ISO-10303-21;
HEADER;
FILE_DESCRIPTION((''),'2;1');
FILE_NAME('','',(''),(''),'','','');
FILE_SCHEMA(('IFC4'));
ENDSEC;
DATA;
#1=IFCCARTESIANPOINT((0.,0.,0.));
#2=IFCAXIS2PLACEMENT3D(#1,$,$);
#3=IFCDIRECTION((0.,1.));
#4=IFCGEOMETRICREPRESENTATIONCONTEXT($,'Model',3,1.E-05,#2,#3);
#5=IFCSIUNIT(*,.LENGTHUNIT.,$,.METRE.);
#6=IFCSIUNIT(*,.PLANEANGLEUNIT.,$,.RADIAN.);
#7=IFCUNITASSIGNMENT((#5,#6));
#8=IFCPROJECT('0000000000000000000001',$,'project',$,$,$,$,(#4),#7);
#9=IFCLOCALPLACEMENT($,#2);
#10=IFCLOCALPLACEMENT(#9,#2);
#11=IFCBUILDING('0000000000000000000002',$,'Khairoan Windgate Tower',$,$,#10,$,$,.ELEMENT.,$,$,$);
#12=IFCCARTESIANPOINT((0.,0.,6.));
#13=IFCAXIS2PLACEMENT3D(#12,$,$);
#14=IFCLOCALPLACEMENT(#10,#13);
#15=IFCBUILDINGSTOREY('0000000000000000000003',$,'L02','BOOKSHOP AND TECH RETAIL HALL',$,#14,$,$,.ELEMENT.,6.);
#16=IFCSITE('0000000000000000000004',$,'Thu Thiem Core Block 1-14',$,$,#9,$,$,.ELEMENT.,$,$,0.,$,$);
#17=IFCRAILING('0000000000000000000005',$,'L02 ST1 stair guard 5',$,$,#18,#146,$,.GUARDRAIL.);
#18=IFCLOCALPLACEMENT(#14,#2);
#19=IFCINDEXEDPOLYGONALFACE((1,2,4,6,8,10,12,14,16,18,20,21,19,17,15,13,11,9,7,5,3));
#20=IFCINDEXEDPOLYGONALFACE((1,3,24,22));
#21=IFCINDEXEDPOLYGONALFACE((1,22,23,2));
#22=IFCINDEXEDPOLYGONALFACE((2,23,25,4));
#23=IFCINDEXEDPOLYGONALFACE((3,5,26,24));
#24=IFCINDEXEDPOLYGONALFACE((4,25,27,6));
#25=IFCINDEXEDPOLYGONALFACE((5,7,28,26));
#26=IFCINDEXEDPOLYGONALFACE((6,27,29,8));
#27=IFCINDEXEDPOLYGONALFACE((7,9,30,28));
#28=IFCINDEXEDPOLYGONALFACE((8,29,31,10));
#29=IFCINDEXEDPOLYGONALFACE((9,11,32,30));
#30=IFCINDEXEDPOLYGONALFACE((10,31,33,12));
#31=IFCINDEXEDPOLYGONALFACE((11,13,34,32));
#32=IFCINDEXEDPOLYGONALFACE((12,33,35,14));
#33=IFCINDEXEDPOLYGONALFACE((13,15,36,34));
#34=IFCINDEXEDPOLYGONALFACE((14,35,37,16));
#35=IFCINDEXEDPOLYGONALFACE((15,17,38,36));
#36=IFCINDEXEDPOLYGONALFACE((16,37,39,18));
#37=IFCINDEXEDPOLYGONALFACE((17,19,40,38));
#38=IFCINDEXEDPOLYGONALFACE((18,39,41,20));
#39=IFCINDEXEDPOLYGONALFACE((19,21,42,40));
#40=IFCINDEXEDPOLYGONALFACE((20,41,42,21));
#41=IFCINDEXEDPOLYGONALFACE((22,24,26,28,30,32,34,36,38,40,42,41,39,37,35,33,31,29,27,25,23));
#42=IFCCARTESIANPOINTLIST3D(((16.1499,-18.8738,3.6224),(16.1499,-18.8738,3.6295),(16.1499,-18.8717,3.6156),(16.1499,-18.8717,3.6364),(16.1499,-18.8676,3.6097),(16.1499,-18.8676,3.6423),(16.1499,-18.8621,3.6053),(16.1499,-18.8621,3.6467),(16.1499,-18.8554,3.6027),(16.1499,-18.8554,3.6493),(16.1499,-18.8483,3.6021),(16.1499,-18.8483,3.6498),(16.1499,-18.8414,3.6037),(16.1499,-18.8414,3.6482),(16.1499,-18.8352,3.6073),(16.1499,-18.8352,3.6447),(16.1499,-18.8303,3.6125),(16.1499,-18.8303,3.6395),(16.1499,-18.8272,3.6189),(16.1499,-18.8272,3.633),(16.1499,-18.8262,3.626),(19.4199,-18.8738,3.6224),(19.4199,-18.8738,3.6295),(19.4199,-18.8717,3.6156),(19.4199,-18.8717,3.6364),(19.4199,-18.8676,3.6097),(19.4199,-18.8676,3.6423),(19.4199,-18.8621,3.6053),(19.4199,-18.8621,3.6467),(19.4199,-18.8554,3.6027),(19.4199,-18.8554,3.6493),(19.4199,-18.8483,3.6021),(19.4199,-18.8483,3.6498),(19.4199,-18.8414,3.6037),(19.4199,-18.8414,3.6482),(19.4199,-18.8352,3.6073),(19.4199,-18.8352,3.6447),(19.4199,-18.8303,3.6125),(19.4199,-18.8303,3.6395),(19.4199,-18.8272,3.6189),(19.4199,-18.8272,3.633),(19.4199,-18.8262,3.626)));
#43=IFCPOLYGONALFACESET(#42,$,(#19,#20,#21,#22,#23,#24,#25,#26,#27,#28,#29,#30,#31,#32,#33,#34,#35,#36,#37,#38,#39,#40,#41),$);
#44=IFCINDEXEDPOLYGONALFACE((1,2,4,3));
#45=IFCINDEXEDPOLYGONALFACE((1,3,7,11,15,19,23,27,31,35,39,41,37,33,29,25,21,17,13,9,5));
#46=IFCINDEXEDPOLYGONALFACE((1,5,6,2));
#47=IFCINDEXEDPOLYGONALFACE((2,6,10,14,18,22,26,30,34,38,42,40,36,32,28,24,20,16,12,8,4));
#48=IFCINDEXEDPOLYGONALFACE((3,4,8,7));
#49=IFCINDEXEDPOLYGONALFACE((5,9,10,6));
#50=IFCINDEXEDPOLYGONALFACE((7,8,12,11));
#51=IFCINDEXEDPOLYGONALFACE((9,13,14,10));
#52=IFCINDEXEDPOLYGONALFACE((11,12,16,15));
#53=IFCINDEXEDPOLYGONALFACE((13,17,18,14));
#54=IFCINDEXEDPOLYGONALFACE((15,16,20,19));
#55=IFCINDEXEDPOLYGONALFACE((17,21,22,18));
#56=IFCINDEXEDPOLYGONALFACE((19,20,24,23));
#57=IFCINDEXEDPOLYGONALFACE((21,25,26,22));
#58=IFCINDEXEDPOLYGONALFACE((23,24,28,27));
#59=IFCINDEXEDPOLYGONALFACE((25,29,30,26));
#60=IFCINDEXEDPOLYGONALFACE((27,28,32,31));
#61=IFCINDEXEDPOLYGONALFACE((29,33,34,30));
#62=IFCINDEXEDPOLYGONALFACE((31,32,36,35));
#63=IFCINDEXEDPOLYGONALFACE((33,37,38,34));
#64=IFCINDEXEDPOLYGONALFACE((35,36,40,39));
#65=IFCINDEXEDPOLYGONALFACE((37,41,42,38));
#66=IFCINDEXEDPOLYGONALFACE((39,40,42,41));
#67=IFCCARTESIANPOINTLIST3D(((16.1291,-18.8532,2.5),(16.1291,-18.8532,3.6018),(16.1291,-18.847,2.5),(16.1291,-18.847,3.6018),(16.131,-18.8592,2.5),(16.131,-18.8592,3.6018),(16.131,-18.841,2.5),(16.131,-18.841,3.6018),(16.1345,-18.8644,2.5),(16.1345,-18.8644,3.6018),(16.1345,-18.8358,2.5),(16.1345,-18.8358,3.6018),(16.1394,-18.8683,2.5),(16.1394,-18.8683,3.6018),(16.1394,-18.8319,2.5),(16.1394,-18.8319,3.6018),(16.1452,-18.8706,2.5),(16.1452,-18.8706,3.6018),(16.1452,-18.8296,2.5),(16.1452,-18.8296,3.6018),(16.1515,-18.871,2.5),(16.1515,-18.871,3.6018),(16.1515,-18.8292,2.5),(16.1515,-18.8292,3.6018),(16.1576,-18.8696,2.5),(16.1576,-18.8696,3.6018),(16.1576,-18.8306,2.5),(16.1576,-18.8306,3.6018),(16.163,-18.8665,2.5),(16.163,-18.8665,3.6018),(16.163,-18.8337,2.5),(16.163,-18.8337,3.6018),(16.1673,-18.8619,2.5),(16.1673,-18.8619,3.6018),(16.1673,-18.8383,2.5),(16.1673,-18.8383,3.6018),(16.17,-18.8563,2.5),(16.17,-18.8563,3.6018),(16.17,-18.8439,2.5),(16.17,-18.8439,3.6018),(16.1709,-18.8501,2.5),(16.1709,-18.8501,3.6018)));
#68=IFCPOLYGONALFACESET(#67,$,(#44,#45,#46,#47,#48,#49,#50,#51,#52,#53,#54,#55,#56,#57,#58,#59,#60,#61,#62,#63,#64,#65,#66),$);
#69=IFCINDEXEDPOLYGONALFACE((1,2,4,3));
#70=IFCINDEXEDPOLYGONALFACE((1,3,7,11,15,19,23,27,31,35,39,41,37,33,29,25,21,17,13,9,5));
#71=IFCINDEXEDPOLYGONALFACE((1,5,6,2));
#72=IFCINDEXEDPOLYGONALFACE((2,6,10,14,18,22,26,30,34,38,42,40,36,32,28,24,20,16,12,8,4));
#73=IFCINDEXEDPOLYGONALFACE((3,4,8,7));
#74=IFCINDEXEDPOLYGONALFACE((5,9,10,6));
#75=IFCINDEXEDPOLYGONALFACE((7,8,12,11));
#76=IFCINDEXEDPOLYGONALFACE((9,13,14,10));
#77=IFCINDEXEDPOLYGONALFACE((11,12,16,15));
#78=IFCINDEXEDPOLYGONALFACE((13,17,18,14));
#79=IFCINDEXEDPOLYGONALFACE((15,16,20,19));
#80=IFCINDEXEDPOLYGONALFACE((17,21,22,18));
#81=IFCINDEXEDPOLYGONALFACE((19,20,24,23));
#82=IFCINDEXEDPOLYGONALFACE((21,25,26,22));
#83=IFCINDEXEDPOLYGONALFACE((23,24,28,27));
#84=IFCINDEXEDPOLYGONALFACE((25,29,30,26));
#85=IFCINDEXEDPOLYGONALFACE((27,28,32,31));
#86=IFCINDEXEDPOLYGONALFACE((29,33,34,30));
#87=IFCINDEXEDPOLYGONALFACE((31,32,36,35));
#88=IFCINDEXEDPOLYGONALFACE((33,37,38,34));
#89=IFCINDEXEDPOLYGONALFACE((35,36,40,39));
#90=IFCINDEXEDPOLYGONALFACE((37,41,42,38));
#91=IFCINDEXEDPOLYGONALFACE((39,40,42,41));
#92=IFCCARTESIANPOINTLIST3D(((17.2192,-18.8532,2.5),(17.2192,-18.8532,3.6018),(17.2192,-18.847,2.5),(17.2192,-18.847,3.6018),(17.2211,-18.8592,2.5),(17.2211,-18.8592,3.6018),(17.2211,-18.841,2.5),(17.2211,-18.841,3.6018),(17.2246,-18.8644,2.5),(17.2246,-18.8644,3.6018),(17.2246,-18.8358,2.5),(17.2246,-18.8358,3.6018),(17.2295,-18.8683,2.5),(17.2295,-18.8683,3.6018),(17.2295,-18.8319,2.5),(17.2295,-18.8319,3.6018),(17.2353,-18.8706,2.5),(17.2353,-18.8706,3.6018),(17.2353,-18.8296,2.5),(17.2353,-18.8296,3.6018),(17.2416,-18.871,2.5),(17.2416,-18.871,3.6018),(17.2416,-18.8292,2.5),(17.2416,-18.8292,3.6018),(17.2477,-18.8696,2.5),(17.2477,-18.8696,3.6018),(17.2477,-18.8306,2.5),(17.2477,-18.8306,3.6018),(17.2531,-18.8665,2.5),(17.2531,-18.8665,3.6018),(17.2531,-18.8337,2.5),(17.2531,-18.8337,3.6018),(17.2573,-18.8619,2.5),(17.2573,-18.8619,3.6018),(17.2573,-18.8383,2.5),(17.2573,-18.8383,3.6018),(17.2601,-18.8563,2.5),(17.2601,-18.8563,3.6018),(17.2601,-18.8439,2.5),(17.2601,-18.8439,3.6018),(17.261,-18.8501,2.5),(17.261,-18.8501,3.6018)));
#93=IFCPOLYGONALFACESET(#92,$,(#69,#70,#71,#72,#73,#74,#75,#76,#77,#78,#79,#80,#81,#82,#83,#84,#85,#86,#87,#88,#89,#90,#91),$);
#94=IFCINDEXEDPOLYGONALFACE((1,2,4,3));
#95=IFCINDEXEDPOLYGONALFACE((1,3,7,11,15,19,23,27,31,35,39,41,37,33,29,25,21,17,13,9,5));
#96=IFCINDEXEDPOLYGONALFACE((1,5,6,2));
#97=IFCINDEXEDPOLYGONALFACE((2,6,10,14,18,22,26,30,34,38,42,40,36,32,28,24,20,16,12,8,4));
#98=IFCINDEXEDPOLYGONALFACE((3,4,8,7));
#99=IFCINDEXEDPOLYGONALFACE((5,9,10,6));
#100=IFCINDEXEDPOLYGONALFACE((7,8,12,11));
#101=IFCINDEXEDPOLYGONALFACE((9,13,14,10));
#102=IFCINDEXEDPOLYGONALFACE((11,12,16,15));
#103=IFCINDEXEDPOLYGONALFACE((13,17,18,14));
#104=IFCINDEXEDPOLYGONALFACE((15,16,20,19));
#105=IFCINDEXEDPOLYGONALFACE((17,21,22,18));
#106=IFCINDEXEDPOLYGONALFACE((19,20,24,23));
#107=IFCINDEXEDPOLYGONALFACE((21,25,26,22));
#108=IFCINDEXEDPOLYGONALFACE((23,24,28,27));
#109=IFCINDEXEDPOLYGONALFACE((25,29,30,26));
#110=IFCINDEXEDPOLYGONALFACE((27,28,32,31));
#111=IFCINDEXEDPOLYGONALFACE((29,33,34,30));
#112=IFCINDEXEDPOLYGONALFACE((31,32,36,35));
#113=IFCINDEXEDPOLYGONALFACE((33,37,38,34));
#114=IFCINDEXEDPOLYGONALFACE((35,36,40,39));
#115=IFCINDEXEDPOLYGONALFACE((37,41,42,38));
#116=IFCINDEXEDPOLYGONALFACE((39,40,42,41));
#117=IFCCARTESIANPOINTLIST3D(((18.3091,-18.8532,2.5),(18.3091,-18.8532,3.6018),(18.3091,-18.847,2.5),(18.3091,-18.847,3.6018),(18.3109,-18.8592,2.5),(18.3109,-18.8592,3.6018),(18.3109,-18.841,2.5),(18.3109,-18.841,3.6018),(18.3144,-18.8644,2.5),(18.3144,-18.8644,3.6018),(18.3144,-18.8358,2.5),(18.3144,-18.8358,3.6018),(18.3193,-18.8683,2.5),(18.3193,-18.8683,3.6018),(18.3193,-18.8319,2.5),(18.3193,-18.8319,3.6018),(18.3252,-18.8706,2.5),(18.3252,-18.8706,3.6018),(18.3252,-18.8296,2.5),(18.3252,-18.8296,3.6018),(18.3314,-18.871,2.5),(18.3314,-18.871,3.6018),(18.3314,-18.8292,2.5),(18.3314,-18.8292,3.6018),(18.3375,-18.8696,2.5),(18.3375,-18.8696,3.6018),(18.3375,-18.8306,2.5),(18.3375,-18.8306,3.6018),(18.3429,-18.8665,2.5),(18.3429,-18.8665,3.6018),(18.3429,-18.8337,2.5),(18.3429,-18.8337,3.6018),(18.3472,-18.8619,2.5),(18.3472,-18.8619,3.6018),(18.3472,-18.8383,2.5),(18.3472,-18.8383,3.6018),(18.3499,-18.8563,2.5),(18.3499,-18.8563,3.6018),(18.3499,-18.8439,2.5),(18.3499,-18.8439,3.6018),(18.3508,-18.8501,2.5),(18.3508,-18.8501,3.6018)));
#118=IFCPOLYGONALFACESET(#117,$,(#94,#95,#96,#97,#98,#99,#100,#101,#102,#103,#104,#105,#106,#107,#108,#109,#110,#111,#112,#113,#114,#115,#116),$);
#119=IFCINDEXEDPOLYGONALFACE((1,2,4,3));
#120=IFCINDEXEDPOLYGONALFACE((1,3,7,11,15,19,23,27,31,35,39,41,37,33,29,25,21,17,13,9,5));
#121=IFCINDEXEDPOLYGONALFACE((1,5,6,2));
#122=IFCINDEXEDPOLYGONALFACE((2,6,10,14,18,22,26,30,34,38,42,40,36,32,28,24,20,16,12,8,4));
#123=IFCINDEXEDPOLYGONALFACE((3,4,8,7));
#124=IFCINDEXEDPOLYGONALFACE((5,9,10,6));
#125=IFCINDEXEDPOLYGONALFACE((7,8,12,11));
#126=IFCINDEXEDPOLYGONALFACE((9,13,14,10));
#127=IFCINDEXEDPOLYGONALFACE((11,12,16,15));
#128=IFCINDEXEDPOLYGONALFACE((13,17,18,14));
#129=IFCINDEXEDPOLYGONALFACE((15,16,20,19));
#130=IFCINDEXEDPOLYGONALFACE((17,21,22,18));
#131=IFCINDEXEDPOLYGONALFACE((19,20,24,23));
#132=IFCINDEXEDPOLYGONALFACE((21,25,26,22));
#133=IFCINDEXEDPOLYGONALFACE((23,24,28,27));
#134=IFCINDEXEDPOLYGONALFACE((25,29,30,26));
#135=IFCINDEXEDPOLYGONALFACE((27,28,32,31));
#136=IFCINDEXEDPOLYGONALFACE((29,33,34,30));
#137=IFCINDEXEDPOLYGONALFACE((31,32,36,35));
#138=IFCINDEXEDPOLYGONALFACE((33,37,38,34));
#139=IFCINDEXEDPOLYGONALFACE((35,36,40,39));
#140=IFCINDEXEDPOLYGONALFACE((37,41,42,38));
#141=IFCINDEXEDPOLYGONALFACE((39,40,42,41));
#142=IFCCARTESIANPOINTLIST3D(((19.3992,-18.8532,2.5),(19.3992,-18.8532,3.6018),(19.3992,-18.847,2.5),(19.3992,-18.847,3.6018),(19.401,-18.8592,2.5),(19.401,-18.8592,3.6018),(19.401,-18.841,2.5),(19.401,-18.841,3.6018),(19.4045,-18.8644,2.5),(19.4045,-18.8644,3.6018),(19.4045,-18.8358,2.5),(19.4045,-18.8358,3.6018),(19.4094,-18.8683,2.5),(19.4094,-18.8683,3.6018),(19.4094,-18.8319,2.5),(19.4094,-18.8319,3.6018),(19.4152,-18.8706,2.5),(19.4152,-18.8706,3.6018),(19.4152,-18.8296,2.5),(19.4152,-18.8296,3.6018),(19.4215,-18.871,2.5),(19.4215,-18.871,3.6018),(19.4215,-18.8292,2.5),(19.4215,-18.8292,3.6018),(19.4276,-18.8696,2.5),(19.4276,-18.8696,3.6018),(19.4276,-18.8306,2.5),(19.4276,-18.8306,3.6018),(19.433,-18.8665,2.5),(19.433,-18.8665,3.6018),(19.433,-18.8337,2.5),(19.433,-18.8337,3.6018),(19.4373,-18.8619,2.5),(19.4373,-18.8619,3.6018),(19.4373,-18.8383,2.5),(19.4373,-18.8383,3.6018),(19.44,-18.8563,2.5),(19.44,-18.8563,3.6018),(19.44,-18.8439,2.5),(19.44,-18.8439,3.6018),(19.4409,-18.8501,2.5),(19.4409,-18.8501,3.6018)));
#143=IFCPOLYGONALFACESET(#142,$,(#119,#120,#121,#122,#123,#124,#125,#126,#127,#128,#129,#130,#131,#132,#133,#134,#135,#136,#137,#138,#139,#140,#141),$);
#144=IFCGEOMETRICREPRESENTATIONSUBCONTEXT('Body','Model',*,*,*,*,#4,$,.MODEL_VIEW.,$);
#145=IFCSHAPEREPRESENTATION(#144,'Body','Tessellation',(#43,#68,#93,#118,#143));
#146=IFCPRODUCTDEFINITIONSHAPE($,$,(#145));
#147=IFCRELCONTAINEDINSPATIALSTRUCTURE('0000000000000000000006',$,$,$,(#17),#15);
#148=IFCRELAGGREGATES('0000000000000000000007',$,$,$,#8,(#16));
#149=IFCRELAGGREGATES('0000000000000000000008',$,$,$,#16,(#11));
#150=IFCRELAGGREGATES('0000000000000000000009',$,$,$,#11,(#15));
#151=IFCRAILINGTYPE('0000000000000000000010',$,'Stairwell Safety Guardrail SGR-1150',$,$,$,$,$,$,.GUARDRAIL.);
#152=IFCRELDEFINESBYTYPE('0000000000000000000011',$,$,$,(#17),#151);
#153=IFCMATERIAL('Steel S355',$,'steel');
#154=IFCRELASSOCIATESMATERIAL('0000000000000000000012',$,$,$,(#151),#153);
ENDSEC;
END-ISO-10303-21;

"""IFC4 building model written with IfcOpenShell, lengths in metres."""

from ifc_helpers import new_model, si_unit, direction, frame, origin, origin_2d, place, context, subcontext, project, spatial, circle, extrude, material, type_object, element, save


model = new_model("IFC4")

# Units and contexts
model_context = context("Model", 3, precision=1e-05, world=origin(), true_north=direction((0.0, 1.0)))
body_context = subcontext(model_context, "Body", "Model", "MODEL_VIEW")
ifc_project = project(units=[si_unit("LENGTHUNIT", "METRE"), si_unit("PLANEANGLEUNIT", "RADIAN")], contexts=[model_context])

# Site, building, storey
site_placement = place(None, origin())
site = spatial("IfcSite", under=ifc_project, at=site_placement, Name="Thu Thiem Core Block 1-14", CompositionType="ELEMENT", RefElevation=0.0)
building_placement = place(site_placement, origin())
building = spatial("IfcBuilding", under=site, at=building_placement, Name="Khairoan Windgate Tower", CompositionType="ELEMENT")
storey_placement = place(building_placement, frame((0.0, 0.0, 6.0)))
storey = spatial("IfcBuildingStorey", under=building, at=storey_placement, Name="L02", Description="BOOKSHOP AND TECH RETAIL HALL", CompositionType="ELEMENT", Elevation=6.0)

# Railing
ifc_material_1 = material(Name="Steel S355", Category="steel")
railing_type = type_object("IfcRailingType", Name="Stairwell Safety Guardrail SGR-1150", PredefinedType="GUARDRAIL", material=ifc_material_1)
railing_1_placement = place(storey_placement, frame((16.1499, -18.8501, 2.5)))
element("IfcRailing", 1, at=railing_1_placement, inside=storey, type_object=railing_type, Name="L02 ST1 stair guard 5", PredefinedType="GUARDRAIL", context=body_context, shape_type="SweptSolid", body=[
    extrude(circle(Radius=0.0239, at=origin_2d()), frame((0.0, 0.0, 1.126), z_axis=(1.0, 0.0, 0.0), x_axis=(0.0, 1.0, 0.0)), (0.0, 0.0, 1.0), 3.27),
    extrude(circle(Radius=0.021, at=origin_2d()), origin(), (0.0, 0.0, 1.0), 1.1018),
    extrude(circle(Radius=0.021, at=origin_2d()), frame((1.0901, 0.0, 0.0)), (0.0, 0.0, 1.0), 1.1018),
    extrude(circle(Radius=0.021, at=origin_2d()), frame((2.1799, 0.0, 0.0)), (0.0, 0.0, 1.0), 1.1018),
    extrude(circle(Radius=0.021, at=origin_2d()), frame((3.27, 0.0, 0.0)), (0.0, 0.0, 1.0), 1.1018),
])

save(model, "model.ifc")
